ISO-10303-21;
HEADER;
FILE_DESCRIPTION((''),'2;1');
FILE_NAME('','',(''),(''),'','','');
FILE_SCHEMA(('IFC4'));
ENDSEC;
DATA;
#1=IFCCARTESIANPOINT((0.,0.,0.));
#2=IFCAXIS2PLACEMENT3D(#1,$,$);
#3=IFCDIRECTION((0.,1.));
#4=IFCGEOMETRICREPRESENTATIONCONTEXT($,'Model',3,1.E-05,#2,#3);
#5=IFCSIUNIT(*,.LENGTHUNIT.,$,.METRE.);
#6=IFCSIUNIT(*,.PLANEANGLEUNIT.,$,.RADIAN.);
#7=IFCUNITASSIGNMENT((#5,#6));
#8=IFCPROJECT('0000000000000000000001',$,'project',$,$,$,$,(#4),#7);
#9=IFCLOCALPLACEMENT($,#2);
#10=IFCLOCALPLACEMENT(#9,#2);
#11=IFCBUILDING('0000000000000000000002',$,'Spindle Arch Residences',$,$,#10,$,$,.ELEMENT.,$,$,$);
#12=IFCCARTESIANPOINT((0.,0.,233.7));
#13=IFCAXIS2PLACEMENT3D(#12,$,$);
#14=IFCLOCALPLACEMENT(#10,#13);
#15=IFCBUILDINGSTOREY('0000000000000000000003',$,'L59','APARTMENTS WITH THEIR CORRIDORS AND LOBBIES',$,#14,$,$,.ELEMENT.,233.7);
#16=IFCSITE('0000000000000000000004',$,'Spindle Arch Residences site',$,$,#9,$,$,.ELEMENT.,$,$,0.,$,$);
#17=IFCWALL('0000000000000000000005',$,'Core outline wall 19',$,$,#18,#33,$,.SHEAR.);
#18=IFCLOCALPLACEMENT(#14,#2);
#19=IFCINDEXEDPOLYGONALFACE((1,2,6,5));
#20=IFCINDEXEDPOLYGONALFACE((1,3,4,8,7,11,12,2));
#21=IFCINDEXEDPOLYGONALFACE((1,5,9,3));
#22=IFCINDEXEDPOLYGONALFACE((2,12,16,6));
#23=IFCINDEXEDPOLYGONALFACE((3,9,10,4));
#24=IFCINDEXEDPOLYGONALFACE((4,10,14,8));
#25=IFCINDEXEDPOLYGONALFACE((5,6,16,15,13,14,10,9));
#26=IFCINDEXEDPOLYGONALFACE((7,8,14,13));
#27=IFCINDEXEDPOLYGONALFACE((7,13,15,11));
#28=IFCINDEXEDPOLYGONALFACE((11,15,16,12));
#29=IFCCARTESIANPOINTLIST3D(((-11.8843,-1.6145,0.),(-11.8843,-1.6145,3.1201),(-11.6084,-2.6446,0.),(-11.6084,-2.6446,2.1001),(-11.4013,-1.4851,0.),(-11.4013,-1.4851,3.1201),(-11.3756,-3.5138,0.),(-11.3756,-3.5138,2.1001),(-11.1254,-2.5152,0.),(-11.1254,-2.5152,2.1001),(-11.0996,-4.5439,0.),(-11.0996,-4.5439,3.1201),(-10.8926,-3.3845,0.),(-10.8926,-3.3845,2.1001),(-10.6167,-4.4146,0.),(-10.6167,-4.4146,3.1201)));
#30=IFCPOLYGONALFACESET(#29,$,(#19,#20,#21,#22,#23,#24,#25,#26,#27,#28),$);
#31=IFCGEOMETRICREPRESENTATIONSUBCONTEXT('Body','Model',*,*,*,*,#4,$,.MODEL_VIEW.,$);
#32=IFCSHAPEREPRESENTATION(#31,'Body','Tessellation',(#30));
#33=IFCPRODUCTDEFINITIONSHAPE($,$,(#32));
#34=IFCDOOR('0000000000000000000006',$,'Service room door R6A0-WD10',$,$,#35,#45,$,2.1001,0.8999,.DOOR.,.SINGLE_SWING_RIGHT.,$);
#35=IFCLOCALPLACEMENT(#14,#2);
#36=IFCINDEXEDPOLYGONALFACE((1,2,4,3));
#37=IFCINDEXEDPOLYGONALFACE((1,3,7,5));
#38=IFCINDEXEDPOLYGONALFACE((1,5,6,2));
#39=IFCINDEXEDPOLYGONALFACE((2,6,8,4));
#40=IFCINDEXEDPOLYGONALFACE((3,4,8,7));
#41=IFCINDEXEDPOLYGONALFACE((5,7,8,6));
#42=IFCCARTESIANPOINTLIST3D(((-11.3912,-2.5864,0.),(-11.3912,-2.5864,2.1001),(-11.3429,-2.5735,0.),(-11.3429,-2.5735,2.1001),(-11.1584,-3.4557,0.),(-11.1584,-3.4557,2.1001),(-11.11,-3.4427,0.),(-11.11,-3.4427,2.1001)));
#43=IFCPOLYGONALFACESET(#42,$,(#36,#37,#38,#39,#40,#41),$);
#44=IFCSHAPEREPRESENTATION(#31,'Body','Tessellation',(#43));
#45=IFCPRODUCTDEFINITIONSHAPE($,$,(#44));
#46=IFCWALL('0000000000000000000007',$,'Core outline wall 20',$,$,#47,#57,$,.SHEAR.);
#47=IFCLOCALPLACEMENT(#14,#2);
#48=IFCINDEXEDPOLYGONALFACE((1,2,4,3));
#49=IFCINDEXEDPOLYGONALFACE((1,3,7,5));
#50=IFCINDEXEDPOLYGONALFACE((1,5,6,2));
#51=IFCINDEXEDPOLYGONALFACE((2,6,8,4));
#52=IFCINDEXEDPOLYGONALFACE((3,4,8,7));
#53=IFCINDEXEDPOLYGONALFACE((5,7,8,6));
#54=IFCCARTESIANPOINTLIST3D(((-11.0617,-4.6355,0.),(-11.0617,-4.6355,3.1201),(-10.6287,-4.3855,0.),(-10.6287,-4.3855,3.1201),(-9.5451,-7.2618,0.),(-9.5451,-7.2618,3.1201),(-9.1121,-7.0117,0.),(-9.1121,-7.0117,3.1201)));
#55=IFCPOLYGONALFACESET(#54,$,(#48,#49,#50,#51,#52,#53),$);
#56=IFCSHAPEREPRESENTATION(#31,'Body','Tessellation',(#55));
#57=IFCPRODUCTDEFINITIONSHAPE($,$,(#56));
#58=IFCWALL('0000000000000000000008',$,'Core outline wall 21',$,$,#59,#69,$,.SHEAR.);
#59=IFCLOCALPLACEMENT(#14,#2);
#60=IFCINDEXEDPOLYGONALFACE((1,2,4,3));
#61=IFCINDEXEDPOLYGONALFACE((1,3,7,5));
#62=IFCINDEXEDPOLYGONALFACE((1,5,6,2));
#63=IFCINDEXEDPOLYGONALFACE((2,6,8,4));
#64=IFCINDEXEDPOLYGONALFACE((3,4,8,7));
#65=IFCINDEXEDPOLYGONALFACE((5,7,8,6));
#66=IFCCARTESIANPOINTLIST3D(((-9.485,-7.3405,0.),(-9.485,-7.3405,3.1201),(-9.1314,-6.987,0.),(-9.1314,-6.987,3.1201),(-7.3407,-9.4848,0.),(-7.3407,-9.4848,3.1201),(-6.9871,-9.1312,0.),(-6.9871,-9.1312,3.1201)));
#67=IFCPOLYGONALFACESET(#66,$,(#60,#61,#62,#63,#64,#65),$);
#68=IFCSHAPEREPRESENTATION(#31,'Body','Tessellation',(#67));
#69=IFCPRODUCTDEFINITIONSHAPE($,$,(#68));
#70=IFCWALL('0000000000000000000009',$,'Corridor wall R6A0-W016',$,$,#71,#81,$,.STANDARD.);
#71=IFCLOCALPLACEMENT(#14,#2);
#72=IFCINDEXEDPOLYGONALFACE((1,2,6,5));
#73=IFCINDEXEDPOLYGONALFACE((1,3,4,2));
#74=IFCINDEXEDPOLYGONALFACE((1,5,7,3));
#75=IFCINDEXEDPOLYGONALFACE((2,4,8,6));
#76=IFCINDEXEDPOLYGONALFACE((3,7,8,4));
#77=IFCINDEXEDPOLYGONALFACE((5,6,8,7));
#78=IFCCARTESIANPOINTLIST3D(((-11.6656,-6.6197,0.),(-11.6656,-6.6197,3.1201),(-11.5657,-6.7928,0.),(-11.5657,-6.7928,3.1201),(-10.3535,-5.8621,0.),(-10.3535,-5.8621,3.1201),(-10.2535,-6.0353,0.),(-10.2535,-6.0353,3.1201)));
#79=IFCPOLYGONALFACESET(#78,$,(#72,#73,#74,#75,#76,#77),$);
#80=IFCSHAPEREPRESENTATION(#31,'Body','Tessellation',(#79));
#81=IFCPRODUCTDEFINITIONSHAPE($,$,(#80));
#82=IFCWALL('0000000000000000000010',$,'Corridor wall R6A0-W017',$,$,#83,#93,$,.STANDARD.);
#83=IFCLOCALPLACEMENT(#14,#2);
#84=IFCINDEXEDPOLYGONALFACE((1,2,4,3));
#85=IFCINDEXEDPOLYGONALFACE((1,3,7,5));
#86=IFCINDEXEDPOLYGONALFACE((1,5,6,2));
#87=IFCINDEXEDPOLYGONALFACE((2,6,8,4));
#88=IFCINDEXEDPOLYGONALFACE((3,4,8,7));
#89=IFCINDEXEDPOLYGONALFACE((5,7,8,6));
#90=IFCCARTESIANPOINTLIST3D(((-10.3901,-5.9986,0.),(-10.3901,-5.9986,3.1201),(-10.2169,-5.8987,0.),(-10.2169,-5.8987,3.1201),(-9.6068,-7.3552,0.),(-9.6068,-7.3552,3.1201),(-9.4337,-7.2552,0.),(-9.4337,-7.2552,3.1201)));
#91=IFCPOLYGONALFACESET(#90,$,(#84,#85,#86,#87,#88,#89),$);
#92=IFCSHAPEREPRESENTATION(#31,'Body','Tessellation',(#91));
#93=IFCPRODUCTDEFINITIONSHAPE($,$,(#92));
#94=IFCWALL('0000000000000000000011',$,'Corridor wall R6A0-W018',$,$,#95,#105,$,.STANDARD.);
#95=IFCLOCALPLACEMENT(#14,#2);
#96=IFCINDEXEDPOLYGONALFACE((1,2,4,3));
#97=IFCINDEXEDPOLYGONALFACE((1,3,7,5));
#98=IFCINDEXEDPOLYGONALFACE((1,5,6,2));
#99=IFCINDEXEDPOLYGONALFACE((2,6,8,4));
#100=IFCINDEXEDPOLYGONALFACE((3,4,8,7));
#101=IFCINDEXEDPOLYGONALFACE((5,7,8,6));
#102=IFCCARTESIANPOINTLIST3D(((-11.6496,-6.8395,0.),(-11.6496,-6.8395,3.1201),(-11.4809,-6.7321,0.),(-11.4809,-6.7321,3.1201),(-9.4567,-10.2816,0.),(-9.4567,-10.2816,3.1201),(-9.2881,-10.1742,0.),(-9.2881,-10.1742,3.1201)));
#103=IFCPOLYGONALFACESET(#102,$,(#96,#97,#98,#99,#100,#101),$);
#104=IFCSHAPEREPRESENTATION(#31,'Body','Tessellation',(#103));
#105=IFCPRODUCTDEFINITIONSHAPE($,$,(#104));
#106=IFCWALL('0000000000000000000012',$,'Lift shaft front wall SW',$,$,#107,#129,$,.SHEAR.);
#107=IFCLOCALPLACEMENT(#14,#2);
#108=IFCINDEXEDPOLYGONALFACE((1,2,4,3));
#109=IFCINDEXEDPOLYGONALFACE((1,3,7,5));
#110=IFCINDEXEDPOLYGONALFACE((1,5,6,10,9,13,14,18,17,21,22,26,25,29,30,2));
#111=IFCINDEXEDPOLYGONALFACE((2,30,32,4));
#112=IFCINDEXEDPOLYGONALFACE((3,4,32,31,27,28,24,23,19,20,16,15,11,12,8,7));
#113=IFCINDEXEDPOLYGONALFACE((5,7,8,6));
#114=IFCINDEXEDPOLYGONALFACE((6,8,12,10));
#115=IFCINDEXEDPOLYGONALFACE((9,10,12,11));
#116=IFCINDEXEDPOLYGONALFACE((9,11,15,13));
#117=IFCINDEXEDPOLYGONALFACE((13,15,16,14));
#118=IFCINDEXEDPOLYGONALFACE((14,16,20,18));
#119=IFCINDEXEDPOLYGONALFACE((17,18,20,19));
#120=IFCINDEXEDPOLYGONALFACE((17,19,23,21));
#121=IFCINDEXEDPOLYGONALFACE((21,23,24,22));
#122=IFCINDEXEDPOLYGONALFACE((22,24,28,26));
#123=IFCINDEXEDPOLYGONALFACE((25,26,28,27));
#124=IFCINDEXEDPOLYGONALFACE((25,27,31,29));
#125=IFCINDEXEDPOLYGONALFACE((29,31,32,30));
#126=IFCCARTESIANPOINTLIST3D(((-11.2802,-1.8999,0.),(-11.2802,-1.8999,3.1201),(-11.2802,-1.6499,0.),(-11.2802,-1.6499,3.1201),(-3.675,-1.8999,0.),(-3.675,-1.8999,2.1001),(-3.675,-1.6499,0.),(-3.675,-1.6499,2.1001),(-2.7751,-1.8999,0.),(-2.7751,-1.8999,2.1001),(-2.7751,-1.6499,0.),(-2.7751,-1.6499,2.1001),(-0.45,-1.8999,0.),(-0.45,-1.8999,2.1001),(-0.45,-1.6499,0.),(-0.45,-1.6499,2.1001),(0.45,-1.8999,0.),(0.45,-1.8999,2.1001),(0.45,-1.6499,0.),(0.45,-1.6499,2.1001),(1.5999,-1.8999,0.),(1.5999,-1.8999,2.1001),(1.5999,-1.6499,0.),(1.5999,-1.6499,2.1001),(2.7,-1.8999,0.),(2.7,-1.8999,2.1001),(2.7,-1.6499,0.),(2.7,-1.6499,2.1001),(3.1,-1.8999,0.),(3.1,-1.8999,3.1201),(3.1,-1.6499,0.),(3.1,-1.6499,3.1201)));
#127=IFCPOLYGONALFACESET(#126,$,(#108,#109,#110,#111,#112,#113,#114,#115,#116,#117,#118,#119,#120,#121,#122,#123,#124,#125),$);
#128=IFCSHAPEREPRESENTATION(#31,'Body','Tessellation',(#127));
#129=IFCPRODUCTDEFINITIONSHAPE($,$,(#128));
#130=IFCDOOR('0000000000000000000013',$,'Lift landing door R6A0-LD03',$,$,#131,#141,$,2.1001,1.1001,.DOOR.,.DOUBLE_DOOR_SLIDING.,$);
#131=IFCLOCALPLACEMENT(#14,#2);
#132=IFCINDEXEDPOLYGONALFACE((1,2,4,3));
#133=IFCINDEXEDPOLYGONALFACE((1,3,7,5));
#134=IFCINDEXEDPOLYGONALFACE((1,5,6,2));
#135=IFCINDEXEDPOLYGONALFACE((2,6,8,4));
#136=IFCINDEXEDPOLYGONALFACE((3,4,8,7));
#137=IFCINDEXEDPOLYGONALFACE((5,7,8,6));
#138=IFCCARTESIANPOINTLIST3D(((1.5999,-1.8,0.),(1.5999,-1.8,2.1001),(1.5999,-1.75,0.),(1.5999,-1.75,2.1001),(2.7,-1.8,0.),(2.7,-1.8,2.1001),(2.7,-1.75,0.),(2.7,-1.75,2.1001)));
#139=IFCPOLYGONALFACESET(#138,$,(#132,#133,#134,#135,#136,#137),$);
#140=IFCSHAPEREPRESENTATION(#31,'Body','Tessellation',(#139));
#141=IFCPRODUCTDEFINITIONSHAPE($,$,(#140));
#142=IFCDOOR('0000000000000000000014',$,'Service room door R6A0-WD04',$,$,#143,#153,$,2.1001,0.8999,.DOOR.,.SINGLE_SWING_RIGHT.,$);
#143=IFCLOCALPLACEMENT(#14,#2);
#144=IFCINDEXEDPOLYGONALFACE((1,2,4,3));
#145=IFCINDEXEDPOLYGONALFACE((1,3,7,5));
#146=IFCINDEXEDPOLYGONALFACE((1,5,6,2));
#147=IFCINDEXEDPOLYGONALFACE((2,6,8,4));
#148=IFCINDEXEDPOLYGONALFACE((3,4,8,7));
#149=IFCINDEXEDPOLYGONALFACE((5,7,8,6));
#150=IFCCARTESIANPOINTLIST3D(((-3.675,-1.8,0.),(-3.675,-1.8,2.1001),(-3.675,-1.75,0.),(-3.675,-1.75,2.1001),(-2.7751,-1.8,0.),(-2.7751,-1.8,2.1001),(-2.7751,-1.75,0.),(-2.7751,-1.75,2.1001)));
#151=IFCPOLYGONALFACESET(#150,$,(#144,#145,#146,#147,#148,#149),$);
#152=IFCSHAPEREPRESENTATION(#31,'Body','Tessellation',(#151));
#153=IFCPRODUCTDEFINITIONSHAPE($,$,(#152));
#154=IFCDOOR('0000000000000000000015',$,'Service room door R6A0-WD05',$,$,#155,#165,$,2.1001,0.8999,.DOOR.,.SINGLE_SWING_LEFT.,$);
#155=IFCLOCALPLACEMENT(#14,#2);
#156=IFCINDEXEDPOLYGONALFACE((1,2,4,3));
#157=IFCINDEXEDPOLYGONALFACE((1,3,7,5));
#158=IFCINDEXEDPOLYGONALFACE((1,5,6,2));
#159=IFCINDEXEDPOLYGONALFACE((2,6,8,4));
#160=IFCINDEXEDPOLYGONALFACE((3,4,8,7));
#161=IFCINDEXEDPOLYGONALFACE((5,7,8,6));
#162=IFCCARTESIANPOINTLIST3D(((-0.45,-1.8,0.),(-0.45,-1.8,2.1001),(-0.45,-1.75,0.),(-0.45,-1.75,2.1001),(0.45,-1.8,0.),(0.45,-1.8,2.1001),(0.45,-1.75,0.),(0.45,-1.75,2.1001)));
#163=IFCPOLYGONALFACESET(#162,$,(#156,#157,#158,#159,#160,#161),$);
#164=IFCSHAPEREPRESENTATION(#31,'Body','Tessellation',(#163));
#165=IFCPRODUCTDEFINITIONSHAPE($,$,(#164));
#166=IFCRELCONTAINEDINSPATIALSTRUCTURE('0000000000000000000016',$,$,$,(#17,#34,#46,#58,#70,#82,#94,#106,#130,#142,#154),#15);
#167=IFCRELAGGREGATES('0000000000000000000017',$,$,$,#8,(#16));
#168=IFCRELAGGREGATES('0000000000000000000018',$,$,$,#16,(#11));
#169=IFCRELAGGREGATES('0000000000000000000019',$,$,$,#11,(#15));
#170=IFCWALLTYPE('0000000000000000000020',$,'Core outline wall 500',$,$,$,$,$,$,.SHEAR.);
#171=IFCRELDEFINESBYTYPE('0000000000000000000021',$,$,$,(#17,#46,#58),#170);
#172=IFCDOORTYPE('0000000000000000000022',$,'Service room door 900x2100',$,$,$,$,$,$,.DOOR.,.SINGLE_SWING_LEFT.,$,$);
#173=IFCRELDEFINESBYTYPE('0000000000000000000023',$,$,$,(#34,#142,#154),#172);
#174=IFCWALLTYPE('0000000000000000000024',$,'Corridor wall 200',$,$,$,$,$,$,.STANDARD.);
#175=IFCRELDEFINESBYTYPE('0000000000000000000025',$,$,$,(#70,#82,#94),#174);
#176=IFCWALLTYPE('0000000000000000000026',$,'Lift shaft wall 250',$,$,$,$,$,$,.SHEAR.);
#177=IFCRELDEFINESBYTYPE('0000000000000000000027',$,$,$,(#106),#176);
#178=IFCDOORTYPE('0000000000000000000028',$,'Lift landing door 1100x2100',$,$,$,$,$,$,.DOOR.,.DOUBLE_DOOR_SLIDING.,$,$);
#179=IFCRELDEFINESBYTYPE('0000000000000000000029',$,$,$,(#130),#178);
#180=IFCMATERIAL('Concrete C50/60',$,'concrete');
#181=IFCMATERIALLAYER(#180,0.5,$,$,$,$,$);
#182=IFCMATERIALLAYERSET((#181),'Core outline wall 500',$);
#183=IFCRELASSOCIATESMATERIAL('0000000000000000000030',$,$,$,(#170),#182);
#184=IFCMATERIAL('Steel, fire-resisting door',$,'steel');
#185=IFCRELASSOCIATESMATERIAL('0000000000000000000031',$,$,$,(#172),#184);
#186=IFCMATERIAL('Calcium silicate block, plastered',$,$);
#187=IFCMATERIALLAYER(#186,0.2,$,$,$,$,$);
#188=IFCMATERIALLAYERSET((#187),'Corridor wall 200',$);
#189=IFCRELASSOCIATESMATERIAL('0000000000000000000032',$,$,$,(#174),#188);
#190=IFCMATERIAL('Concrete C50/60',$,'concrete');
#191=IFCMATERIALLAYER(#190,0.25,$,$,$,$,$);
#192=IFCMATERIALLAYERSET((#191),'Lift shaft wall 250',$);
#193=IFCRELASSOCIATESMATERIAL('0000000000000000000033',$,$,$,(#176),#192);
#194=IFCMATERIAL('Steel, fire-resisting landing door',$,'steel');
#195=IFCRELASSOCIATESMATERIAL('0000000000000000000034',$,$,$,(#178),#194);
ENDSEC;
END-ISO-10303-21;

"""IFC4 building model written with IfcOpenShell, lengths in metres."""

from ifc_helpers import new_model, si_unit, direction, frame, frame_2d, origin, place, context, subcontext, project, spatial, rectangle, extrude, material, layer, layer_set, type_object, element, fill, save


model = new_model("IFC4")

# Units and contexts
model_context = context("Model", 3, precision=1e-05, world=origin(), true_north=direction((0.0, 1.0)))
body_context = subcontext(model_context, "Body", "Model", "MODEL_VIEW")
ifc_project = project(units=[si_unit("LENGTHUNIT", "METRE"), si_unit("PLANEANGLEUNIT", "RADIAN")], contexts=[model_context])

# Site, building, storey
site_placement = place(None, origin())
site = spatial("IfcSite", under=ifc_project, at=site_placement, Name="Spindle Arch Residences site", CompositionType="ELEMENT", RefElevation=0.0)
building_placement = place(site_placement, origin())
building = spatial("IfcBuilding", under=site, at=building_placement, Name="Spindle Arch Residences", CompositionType="ELEMENT")
storey_placement = place(building_placement, frame((0.0, 0.0, 233.7)))
storey = spatial("IfcBuildingStorey", under=building, at=storey_placement, Name="L59", Description="APARTMENTS WITH THEIR CORRIDORS AND LOBBIES", CompositionType="ELEMENT", Elevation=233.7)

# Wall, opening, door
ifc_material_1 = material(Name="Concrete C50/60", Category="concrete")
ifc_layer_1 = layer(ifc_material_1, 0.5)
ifc_layer_set_1 = layer_set([ifc_layer_1], Name="Core outline wall 500")
wall_type_1 = type_object("IfcWallType", Name="Core outline wall 500", PredefinedType="SHEAR", material=ifc_layer_set_1)
wall_1_placement = place(storey_placement, frame((-11.6428, -1.5498, 0.0), z_axis=(0.0, 0.0, 1.0), x_axis=(0.258735, -0.965948, 0.0)))
wall_1 = element("IfcWall", 1, at=wall_1_placement, inside=storey, type_object=wall_type_1, Name="Core outline wall 19", PredefinedType="SHEAR", context=body_context, shape_type="SweptSolid", body=[
    extrude(rectangle(XDim=3.0327, YDim=0.5, at=frame_2d((1.5164, 0.0))), origin(), (0.0, 0.0, 1.0), 3.1201),
])
opening_1_placement = place(wall_1_placement, frame((1.0664, 0.0, 0.0)))
opening_1 = element("IfcOpeningElement", 2, at=opening_1_placement, cuts=wall_1, PredefinedType="OPENING", context=body_context, shape_type="SweptSolid", body=[
    extrude(rectangle(XDim=0.8999, YDim=2.1001, at=frame_2d((0.45, 1.05))), frame((0.0, 0.26, 0.0), z_axis=(0.0, -1.0, 0.0), x_axis=(1.0, 0.0, 0.0)), (0.0, 0.0, 1.0), 0.52),
])
ifc_material_2 = material(Name="Steel, fire-resisting door", Category="steel")
door_type_1 = type_object("IfcDoorType", Name="Service room door 900x2100", OperationType="SINGLE_SWING_LEFT", PredefinedType="DOOR", material=ifc_material_2)
door_1_placement = place(opening_1_placement, origin())
door_1 = element("IfcDoor", 3, at=door_1_placement, inside=storey, type_object=door_type_1, Name="Service room door R6A0-WD10", OperationType="SINGLE_SWING_RIGHT", OverallHeight=2.1001, OverallWidth=0.8999, PredefinedType="DOOR", context=body_context, shape_type="SweptSolid", body=[
    extrude(rectangle(XDim=0.8999, YDim=2.1001, at=frame_2d((0.45, 1.05))), frame((0.0, 0.0249, 0.0), z_axis=(0.0, -1.0, 0.0), x_axis=(1.0, 0.0, 0.0)), (0.0, 0.0, 1.0), 0.05),
])
fill(opening_1, door_1)

# Walls
wall_2_placement = place(storey_placement, frame((-10.8452, -4.5105, 0.0), z_axis=(0.0, 0.0, 1.0), x_axis=(0.500087, -0.865975, 0.0)))
element("IfcWall", 4, at=wall_2_placement, inside=storey, type_object=wall_type_1, Name="Core outline wall 20", PredefinedType="SHEAR", context=body_context, shape_type="SweptSolid", body=[
    extrude(rectangle(XDim=3.0327, YDim=0.5, at=frame_2d((1.5164, 0.0))), origin(), (0.0, 0.0, 1.0), 3.1201),
])
wall_3_placement = place(storey_placement, frame((-9.3081, -7.1638, 0.0), z_axis=(0.0, 0.0, 1.0), x_axis=(0.707107, -0.707107, 0.0)))
element("IfcWall", 5, at=wall_3_placement, inside=storey, type_object=wall_type_1, Name="Core outline wall 21", PredefinedType="SHEAR", context=body_context, shape_type="SweptSolid", body=[
    extrude(rectangle(XDim=3.0325, YDim=0.5, at=frame_2d((1.5161, 0.0))), origin(), (0.0, 0.0, 1.0), 3.1201),
])
ifc_material_3 = material(Name="Calcium silicate block, plastered")
ifc_layer_2 = layer(ifc_material_3, 0.2)
ifc_layer_set_2 = layer_set([ifc_layer_2], Name="Corridor wall 200")
wall_type_2 = type_object("IfcWallType", Name="Corridor wall 200", PredefinedType="STANDARD", material=ifc_layer_set_2)
wall_4_placement = place(storey_placement, frame((-10.3035, -5.9487, 0.0), z_axis=(0.0, 0.0, 1.0), x_axis=(-0.866043, -0.499969, 0.0)))
element("IfcWall", 6, at=wall_4_placement, inside=storey, type_object=wall_type_2, Name="Corridor wall R6A0-W016", PredefinedType="STANDARD", context=body_context, shape_type="SweptSolid", body=[
    extrude(rectangle(XDim=1.5151, YDim=0.2, at=frame_2d((0.7576, 0.0))), origin(), (0.0, 0.0, 1.0), 3.1201),
])
wall_5_placement = place(storey_placement, frame((-9.5203, -7.3052, 0.0), z_axis=(0.0, 0.0, 1.0), x_axis=(-0.500028, 0.866009, 0.0)))
element("IfcWall", 7, at=wall_5_placement, inside=storey, type_object=wall_type_2, Name="Corridor wall R6A0-W017", PredefinedType="STANDARD", context=body_context, shape_type="SweptSolid", body=[
    extrude(rectangle(XDim=1.5664, YDim=0.2, at=frame_2d((0.7832, 0.0))), origin(), (0.0, 0.0, 1.0), 3.1201),
])
wall_6_placement = place(storey_placement, frame((-11.5652, -6.7859, 0.0), z_axis=(0.0, 0.0, 1.0), x_axis=(0.537297, -0.843393, 0.0)))
element("IfcWall", 8, at=wall_6_placement, inside=storey, type_object=wall_type_2, Name="Corridor wall R6A0-W018", PredefinedType="STANDARD", context=body_context, shape_type="SweptSolid", body=[
    extrude(rectangle(XDim=4.0813, YDim=0.2, at=frame_2d((2.0405, 0.0))), origin(), (0.0, 0.0, 1.0), 3.1201),
])

# Wall, openings, doors
ifc_material_4 = material(Name="Concrete C50/60", Category="concrete")
ifc_layer_3 = layer(ifc_material_4, 0.25)
ifc_layer_set_3 = layer_set([ifc_layer_3], Name="Lift shaft wall 250")
wall_type_3 = type_object("IfcWallType", Name="Lift shaft wall 250", PredefinedType="SHEAR", material=ifc_layer_set_3)
wall_7_placement = place(storey_placement, frame((-11.28, -1.7749, 0.0), z_axis=(0.0, 0.0, 1.0), x_axis=(1.0, 0.0, 0.0)))
wall_7 = element("IfcWall", 9, at=wall_7_placement, inside=storey, type_object=wall_type_3, Name="Lift shaft front wall SW", PredefinedType="SHEAR", context=body_context, shape_type="SweptSolid", body=[
    extrude(rectangle(XDim=14.3801, YDim=0.25, at=frame_2d((7.1899, 0.0))), origin(), (0.0, 0.0, 1.0), 3.1201),
])
opening_2_placement = place(wall_7_placement, frame((12.8799, 0.0, 0.0)))
opening_2 = element("IfcOpeningElement", 10, at=opening_2_placement, cuts=wall_7, PredefinedType="OPENING", context=body_context, shape_type="SweptSolid", body=[
    extrude(rectangle(XDim=1.1001, YDim=2.1001, at=frame_2d((0.55, 1.05))), frame((0.0, 0.135, 0.0), z_axis=(0.0, -1.0, 0.0), x_axis=(1.0, 0.0, 0.0)), (0.0, 0.0, 1.0), 0.27),
])
opening_3_placement = place(wall_7_placement, frame((7.605, 0.0, 0.0)))
opening_3 = element("IfcOpeningElement", 11, at=opening_3_placement, cuts=wall_7, PredefinedType="OPENING", context=body_context, shape_type="SweptSolid", body=[
    extrude(rectangle(XDim=0.8999, YDim=2.1001, at=frame_2d((0.45, 1.05))), frame((0.0, 0.135, 0.0), z_axis=(0.0, -1.0, 0.0), x_axis=(1.0, 0.0, 0.0)), (0.0, 0.0, 1.0), 0.27),
])
opening_4_placement = place(wall_7_placement, frame((10.8301, 0.0, 0.0)))
opening_4 = element("IfcOpeningElement", 12, at=opening_4_placement, cuts=wall_7, PredefinedType="OPENING", context=body_context, shape_type="SweptSolid", body=[
    extrude(rectangle(XDim=0.8999, YDim=2.1001, at=frame_2d((0.45, 1.05))), frame((0.0, 0.135, 0.0), z_axis=(0.0, -1.0, 0.0), x_axis=(1.0, 0.0, 0.0)), (0.0, 0.0, 1.0), 0.27),
])
ifc_material_5 = material(Name="Steel, fire-resisting landing door", Category="steel")
door_type_2 = type_object("IfcDoorType", Name="Lift landing door 1100x2100", OperationType="DOUBLE_DOOR_SLIDING", PredefinedType="DOOR", material=ifc_material_5)
door_2_placement = place(opening_2_placement, origin())
door_2 = element("IfcDoor", 13, at=door_2_placement, inside=storey, type_object=door_type_2, Name="Lift landing door R6A0-LD03", OperationType="DOUBLE_DOOR_SLIDING", OverallHeight=2.1001, OverallWidth=1.1001, PredefinedType="DOOR", context=body_context, shape_type="SweptSolid", body=[
    extrude(rectangle(XDim=1.1001, YDim=2.1001, at=frame_2d((0.55, 1.05))), frame((0.0, 0.0249, 0.0), z_axis=(0.0, -1.0, 0.0), x_axis=(1.0, 0.0, 0.0)), (0.0, 0.0, 1.0), 0.05),
])
fill(opening_2, door_2)
door_3_placement = place(opening_3_placement, origin())
door_3 = element("IfcDoor", 14, at=door_3_placement, inside=storey, type_object=door_type_1, Name="Service room door R6A0-WD04", OperationType="SINGLE_SWING_RIGHT", OverallHeight=2.1001, OverallWidth=0.8999, PredefinedType="DOOR", context=body_context, shape_type="SweptSolid", body=[
    extrude(rectangle(XDim=0.8999, YDim=2.1001, at=frame_2d((0.45, 1.05))), frame((0.0, 0.0249, 0.0), z_axis=(0.0, -1.0, 0.0), x_axis=(1.0, 0.0, 0.0)), (0.0, 0.0, 1.0), 0.05),
])
fill(opening_3, door_3)
door_4_placement = place(opening_4_placement, origin())
door_4 = element("IfcDoor", 15, at=door_4_placement, inside=storey, type_object=door_type_1, Name="Service room door R6A0-WD05", OperationType="SINGLE_SWING_LEFT", OverallHeight=2.1001, OverallWidth=0.8999, PredefinedType="DOOR", context=body_context, shape_type="SweptSolid", body=[
    extrude(rectangle(XDim=0.8999, YDim=2.1001, at=frame_2d((0.45, 1.05))), frame((0.0, 0.0249, 0.0), z_axis=(0.0, -1.0, 0.0), x_axis=(1.0, 0.0, 0.0)), (0.0, 0.0, 1.0), 0.05),
])
fill(opening_4, door_4)

save(model, "model.ifc")
